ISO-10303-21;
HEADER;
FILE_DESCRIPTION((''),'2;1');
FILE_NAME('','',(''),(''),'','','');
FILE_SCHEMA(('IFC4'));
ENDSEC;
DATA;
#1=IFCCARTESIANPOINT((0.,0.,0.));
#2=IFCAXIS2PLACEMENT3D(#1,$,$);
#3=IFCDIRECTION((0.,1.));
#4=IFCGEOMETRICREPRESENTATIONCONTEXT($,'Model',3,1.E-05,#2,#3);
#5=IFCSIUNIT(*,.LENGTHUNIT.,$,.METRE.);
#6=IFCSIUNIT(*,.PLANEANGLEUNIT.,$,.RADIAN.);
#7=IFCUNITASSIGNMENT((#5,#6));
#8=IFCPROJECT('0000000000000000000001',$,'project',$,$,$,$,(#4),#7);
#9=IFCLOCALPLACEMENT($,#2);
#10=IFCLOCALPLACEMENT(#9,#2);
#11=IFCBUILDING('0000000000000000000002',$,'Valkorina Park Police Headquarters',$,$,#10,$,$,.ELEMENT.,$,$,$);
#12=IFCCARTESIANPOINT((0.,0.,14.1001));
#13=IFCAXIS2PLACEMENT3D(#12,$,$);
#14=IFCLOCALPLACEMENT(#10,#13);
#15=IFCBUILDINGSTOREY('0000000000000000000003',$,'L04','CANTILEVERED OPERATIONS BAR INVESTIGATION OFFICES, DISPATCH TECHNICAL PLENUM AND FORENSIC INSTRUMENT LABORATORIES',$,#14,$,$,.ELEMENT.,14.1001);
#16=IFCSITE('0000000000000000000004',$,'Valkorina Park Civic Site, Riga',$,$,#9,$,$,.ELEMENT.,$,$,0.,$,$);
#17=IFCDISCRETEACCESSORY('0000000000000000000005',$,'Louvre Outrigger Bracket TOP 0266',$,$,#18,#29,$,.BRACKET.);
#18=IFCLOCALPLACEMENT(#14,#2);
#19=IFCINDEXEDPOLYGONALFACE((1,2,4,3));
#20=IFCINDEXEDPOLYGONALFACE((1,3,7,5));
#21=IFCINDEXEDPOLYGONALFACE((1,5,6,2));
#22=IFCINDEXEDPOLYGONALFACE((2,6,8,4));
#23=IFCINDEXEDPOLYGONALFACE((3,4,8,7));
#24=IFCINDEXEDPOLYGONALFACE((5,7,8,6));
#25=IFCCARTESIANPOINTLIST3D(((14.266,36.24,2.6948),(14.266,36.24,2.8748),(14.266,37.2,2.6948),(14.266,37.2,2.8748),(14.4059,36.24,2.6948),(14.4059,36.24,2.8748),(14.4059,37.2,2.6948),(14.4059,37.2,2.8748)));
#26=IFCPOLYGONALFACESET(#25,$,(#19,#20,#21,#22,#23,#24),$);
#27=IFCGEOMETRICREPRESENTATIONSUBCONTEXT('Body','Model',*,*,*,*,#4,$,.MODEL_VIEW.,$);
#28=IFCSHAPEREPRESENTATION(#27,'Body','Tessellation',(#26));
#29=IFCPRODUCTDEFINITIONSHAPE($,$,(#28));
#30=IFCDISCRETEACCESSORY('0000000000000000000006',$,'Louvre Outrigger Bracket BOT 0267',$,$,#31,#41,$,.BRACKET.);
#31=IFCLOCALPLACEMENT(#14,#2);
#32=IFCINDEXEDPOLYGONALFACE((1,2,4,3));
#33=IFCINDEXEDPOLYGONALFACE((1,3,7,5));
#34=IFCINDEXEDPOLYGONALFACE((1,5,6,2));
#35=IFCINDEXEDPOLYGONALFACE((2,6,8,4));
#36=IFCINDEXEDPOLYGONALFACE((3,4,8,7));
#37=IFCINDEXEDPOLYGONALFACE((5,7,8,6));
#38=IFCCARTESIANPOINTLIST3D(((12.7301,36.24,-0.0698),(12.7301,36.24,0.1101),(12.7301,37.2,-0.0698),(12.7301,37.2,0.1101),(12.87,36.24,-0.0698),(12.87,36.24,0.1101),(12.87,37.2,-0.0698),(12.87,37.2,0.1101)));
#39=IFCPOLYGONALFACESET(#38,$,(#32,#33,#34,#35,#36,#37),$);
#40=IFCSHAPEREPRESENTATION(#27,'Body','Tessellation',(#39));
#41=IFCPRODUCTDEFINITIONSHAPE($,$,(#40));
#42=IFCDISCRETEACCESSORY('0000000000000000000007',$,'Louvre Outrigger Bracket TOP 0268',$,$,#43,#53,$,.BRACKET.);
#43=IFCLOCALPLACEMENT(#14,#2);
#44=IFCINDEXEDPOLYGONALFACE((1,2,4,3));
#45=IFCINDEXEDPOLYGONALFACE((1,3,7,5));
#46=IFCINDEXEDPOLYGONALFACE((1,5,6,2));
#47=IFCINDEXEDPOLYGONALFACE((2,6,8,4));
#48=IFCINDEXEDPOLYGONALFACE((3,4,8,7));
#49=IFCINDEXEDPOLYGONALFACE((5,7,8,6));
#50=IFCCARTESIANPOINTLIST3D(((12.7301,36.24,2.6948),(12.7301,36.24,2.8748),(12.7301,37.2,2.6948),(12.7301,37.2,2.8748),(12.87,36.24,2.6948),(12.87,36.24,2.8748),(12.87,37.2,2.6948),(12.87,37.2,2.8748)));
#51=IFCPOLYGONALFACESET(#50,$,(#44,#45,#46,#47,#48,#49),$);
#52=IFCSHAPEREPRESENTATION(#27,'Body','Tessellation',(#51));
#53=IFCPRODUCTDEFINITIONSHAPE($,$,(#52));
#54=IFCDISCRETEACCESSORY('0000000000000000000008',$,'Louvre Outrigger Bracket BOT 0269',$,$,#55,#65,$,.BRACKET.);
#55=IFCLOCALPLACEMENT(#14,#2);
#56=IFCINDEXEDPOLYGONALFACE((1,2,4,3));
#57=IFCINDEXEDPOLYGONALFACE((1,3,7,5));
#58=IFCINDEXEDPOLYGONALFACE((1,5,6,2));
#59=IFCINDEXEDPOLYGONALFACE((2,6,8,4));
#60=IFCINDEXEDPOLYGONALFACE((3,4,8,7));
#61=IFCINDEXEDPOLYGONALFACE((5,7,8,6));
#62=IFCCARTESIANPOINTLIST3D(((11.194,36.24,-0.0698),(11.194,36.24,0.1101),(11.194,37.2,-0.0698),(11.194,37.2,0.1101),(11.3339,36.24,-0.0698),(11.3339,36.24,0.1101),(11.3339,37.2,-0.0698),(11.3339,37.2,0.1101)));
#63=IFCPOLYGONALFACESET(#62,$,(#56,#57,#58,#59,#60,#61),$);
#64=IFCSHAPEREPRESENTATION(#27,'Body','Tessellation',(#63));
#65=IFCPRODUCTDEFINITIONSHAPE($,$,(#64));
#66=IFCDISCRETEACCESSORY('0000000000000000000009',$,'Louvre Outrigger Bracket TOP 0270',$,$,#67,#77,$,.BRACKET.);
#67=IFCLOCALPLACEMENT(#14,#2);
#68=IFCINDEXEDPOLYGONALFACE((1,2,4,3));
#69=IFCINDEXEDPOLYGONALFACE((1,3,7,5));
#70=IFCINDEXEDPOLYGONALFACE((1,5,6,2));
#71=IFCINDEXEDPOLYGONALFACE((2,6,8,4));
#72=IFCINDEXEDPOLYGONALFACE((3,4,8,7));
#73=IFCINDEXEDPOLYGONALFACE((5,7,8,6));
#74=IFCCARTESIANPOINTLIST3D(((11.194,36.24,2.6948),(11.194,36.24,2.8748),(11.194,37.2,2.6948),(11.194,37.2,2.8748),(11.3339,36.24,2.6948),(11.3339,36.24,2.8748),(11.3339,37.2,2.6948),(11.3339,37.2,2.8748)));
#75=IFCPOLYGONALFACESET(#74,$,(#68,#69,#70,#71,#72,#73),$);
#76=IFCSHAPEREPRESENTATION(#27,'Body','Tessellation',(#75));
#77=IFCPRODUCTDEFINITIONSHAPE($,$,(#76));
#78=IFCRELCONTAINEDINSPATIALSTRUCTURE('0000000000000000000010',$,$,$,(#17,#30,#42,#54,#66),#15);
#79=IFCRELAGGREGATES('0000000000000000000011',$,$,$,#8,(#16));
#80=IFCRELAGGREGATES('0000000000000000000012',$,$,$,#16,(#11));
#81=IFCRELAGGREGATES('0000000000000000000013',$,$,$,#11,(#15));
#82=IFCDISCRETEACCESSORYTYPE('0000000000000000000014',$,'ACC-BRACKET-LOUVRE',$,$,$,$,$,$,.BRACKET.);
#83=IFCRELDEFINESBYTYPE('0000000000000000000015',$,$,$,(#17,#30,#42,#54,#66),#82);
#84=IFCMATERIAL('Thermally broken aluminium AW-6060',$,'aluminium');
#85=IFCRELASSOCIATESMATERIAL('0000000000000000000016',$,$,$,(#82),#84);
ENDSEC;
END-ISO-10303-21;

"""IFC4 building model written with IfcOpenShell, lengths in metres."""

from ifc_helpers import new_model, si_unit, direction, frame, origin, origin_2d, place, context, subcontext, project, spatial, rectangle, extrude, material, type_object, element, save


model = new_model("IFC4")

# Units and contexts
model_context = context("Model", 3, precision=1e-05, world=origin(), true_north=direction((0.0, 1.0)))
body_context = subcontext(model_context, "Body", "Model", "MODEL_VIEW")
ifc_project = project(units=[si_unit("LENGTHUNIT", "METRE"), si_unit("PLANEANGLEUNIT", "RADIAN")], contexts=[model_context])

# Site, building, storey
site_placement = place(None, origin())
site = spatial("IfcSite", under=ifc_project, at=site_placement, Name="Valkorina Park Civic Site, Riga", CompositionType="ELEMENT", RefElevation=0.0)
building_placement = place(site_placement, origin())
building = spatial("IfcBuilding", under=site, at=building_placement, Name="Valkorina Park Police Headquarters", CompositionType="ELEMENT")
storey_placement = place(building_placement, frame((0.0, 0.0, 14.1001)))
storey = spatial("IfcBuildingStorey", under=building, at=storey_placement, Name="L04", Description="CANTILEVERED OPERATIONS BAR INVESTIGATION OFFICES, DISPATCH TECHNICAL PLENUM AND FORENSIC INSTRUMENT LABORATORIES", CompositionType="ELEMENT", Elevation=14.1001)

# Shared definitions
ifc_material_1 = material(Name="Thermally broken aluminium AW-6060", Category="aluminium")

# Discrete accessories
discrete_accessory_type = type_object("IfcDiscreteAccessoryType", Name="ACC-BRACKET-LOUVRE", PredefinedType="BRACKET", material=ifc_material_1)
for number, where, z_axis, x_axis, name in (
    (1, (14.3359, 36.72, 2.6948), (0.0, 0.0, 1.0), (0.0, -1.0, 0.0), "Louvre Outrigger Bracket TOP 0266"),
    (2, (12.8, 36.72, -0.0698), (0.0, 0.0, 1.0), (0.0, -1.0, 0.0), "Louvre Outrigger Bracket BOT 0267"),
    (3, (12.8, 36.72, 2.6948), (0.0, 0.0, 1.0), (0.0, -1.0, 0.0), "Louvre Outrigger Bracket TOP 0268"),
    (4, (11.2639, 36.72, -0.0698), (0.0, 0.0, 1.0), (0.0, -1.0, 0.0), "Louvre Outrigger Bracket BOT 0269"),
    (5, (11.2639, 36.72, 2.6948), (0.0, 0.0, 1.0), (0.0, -1.0, 0.0), "Louvre Outrigger Bracket TOP 0270"),
):
    element("IfcDiscreteAccessory", number, at=place(storey_placement, frame(where, z_axis=z_axis, x_axis=x_axis)), inside=storey, type_object=discrete_accessory_type, Name=name, PredefinedType="BRACKET", context=body_context, shape_type="SweptSolid", body=[
        extrude(rectangle(XDim=0.96, YDim=0.1399, at=origin_2d()), origin(), (0.0, 0.0, 1.0), 0.1799),
    ])

save(model, "model.ifc")
